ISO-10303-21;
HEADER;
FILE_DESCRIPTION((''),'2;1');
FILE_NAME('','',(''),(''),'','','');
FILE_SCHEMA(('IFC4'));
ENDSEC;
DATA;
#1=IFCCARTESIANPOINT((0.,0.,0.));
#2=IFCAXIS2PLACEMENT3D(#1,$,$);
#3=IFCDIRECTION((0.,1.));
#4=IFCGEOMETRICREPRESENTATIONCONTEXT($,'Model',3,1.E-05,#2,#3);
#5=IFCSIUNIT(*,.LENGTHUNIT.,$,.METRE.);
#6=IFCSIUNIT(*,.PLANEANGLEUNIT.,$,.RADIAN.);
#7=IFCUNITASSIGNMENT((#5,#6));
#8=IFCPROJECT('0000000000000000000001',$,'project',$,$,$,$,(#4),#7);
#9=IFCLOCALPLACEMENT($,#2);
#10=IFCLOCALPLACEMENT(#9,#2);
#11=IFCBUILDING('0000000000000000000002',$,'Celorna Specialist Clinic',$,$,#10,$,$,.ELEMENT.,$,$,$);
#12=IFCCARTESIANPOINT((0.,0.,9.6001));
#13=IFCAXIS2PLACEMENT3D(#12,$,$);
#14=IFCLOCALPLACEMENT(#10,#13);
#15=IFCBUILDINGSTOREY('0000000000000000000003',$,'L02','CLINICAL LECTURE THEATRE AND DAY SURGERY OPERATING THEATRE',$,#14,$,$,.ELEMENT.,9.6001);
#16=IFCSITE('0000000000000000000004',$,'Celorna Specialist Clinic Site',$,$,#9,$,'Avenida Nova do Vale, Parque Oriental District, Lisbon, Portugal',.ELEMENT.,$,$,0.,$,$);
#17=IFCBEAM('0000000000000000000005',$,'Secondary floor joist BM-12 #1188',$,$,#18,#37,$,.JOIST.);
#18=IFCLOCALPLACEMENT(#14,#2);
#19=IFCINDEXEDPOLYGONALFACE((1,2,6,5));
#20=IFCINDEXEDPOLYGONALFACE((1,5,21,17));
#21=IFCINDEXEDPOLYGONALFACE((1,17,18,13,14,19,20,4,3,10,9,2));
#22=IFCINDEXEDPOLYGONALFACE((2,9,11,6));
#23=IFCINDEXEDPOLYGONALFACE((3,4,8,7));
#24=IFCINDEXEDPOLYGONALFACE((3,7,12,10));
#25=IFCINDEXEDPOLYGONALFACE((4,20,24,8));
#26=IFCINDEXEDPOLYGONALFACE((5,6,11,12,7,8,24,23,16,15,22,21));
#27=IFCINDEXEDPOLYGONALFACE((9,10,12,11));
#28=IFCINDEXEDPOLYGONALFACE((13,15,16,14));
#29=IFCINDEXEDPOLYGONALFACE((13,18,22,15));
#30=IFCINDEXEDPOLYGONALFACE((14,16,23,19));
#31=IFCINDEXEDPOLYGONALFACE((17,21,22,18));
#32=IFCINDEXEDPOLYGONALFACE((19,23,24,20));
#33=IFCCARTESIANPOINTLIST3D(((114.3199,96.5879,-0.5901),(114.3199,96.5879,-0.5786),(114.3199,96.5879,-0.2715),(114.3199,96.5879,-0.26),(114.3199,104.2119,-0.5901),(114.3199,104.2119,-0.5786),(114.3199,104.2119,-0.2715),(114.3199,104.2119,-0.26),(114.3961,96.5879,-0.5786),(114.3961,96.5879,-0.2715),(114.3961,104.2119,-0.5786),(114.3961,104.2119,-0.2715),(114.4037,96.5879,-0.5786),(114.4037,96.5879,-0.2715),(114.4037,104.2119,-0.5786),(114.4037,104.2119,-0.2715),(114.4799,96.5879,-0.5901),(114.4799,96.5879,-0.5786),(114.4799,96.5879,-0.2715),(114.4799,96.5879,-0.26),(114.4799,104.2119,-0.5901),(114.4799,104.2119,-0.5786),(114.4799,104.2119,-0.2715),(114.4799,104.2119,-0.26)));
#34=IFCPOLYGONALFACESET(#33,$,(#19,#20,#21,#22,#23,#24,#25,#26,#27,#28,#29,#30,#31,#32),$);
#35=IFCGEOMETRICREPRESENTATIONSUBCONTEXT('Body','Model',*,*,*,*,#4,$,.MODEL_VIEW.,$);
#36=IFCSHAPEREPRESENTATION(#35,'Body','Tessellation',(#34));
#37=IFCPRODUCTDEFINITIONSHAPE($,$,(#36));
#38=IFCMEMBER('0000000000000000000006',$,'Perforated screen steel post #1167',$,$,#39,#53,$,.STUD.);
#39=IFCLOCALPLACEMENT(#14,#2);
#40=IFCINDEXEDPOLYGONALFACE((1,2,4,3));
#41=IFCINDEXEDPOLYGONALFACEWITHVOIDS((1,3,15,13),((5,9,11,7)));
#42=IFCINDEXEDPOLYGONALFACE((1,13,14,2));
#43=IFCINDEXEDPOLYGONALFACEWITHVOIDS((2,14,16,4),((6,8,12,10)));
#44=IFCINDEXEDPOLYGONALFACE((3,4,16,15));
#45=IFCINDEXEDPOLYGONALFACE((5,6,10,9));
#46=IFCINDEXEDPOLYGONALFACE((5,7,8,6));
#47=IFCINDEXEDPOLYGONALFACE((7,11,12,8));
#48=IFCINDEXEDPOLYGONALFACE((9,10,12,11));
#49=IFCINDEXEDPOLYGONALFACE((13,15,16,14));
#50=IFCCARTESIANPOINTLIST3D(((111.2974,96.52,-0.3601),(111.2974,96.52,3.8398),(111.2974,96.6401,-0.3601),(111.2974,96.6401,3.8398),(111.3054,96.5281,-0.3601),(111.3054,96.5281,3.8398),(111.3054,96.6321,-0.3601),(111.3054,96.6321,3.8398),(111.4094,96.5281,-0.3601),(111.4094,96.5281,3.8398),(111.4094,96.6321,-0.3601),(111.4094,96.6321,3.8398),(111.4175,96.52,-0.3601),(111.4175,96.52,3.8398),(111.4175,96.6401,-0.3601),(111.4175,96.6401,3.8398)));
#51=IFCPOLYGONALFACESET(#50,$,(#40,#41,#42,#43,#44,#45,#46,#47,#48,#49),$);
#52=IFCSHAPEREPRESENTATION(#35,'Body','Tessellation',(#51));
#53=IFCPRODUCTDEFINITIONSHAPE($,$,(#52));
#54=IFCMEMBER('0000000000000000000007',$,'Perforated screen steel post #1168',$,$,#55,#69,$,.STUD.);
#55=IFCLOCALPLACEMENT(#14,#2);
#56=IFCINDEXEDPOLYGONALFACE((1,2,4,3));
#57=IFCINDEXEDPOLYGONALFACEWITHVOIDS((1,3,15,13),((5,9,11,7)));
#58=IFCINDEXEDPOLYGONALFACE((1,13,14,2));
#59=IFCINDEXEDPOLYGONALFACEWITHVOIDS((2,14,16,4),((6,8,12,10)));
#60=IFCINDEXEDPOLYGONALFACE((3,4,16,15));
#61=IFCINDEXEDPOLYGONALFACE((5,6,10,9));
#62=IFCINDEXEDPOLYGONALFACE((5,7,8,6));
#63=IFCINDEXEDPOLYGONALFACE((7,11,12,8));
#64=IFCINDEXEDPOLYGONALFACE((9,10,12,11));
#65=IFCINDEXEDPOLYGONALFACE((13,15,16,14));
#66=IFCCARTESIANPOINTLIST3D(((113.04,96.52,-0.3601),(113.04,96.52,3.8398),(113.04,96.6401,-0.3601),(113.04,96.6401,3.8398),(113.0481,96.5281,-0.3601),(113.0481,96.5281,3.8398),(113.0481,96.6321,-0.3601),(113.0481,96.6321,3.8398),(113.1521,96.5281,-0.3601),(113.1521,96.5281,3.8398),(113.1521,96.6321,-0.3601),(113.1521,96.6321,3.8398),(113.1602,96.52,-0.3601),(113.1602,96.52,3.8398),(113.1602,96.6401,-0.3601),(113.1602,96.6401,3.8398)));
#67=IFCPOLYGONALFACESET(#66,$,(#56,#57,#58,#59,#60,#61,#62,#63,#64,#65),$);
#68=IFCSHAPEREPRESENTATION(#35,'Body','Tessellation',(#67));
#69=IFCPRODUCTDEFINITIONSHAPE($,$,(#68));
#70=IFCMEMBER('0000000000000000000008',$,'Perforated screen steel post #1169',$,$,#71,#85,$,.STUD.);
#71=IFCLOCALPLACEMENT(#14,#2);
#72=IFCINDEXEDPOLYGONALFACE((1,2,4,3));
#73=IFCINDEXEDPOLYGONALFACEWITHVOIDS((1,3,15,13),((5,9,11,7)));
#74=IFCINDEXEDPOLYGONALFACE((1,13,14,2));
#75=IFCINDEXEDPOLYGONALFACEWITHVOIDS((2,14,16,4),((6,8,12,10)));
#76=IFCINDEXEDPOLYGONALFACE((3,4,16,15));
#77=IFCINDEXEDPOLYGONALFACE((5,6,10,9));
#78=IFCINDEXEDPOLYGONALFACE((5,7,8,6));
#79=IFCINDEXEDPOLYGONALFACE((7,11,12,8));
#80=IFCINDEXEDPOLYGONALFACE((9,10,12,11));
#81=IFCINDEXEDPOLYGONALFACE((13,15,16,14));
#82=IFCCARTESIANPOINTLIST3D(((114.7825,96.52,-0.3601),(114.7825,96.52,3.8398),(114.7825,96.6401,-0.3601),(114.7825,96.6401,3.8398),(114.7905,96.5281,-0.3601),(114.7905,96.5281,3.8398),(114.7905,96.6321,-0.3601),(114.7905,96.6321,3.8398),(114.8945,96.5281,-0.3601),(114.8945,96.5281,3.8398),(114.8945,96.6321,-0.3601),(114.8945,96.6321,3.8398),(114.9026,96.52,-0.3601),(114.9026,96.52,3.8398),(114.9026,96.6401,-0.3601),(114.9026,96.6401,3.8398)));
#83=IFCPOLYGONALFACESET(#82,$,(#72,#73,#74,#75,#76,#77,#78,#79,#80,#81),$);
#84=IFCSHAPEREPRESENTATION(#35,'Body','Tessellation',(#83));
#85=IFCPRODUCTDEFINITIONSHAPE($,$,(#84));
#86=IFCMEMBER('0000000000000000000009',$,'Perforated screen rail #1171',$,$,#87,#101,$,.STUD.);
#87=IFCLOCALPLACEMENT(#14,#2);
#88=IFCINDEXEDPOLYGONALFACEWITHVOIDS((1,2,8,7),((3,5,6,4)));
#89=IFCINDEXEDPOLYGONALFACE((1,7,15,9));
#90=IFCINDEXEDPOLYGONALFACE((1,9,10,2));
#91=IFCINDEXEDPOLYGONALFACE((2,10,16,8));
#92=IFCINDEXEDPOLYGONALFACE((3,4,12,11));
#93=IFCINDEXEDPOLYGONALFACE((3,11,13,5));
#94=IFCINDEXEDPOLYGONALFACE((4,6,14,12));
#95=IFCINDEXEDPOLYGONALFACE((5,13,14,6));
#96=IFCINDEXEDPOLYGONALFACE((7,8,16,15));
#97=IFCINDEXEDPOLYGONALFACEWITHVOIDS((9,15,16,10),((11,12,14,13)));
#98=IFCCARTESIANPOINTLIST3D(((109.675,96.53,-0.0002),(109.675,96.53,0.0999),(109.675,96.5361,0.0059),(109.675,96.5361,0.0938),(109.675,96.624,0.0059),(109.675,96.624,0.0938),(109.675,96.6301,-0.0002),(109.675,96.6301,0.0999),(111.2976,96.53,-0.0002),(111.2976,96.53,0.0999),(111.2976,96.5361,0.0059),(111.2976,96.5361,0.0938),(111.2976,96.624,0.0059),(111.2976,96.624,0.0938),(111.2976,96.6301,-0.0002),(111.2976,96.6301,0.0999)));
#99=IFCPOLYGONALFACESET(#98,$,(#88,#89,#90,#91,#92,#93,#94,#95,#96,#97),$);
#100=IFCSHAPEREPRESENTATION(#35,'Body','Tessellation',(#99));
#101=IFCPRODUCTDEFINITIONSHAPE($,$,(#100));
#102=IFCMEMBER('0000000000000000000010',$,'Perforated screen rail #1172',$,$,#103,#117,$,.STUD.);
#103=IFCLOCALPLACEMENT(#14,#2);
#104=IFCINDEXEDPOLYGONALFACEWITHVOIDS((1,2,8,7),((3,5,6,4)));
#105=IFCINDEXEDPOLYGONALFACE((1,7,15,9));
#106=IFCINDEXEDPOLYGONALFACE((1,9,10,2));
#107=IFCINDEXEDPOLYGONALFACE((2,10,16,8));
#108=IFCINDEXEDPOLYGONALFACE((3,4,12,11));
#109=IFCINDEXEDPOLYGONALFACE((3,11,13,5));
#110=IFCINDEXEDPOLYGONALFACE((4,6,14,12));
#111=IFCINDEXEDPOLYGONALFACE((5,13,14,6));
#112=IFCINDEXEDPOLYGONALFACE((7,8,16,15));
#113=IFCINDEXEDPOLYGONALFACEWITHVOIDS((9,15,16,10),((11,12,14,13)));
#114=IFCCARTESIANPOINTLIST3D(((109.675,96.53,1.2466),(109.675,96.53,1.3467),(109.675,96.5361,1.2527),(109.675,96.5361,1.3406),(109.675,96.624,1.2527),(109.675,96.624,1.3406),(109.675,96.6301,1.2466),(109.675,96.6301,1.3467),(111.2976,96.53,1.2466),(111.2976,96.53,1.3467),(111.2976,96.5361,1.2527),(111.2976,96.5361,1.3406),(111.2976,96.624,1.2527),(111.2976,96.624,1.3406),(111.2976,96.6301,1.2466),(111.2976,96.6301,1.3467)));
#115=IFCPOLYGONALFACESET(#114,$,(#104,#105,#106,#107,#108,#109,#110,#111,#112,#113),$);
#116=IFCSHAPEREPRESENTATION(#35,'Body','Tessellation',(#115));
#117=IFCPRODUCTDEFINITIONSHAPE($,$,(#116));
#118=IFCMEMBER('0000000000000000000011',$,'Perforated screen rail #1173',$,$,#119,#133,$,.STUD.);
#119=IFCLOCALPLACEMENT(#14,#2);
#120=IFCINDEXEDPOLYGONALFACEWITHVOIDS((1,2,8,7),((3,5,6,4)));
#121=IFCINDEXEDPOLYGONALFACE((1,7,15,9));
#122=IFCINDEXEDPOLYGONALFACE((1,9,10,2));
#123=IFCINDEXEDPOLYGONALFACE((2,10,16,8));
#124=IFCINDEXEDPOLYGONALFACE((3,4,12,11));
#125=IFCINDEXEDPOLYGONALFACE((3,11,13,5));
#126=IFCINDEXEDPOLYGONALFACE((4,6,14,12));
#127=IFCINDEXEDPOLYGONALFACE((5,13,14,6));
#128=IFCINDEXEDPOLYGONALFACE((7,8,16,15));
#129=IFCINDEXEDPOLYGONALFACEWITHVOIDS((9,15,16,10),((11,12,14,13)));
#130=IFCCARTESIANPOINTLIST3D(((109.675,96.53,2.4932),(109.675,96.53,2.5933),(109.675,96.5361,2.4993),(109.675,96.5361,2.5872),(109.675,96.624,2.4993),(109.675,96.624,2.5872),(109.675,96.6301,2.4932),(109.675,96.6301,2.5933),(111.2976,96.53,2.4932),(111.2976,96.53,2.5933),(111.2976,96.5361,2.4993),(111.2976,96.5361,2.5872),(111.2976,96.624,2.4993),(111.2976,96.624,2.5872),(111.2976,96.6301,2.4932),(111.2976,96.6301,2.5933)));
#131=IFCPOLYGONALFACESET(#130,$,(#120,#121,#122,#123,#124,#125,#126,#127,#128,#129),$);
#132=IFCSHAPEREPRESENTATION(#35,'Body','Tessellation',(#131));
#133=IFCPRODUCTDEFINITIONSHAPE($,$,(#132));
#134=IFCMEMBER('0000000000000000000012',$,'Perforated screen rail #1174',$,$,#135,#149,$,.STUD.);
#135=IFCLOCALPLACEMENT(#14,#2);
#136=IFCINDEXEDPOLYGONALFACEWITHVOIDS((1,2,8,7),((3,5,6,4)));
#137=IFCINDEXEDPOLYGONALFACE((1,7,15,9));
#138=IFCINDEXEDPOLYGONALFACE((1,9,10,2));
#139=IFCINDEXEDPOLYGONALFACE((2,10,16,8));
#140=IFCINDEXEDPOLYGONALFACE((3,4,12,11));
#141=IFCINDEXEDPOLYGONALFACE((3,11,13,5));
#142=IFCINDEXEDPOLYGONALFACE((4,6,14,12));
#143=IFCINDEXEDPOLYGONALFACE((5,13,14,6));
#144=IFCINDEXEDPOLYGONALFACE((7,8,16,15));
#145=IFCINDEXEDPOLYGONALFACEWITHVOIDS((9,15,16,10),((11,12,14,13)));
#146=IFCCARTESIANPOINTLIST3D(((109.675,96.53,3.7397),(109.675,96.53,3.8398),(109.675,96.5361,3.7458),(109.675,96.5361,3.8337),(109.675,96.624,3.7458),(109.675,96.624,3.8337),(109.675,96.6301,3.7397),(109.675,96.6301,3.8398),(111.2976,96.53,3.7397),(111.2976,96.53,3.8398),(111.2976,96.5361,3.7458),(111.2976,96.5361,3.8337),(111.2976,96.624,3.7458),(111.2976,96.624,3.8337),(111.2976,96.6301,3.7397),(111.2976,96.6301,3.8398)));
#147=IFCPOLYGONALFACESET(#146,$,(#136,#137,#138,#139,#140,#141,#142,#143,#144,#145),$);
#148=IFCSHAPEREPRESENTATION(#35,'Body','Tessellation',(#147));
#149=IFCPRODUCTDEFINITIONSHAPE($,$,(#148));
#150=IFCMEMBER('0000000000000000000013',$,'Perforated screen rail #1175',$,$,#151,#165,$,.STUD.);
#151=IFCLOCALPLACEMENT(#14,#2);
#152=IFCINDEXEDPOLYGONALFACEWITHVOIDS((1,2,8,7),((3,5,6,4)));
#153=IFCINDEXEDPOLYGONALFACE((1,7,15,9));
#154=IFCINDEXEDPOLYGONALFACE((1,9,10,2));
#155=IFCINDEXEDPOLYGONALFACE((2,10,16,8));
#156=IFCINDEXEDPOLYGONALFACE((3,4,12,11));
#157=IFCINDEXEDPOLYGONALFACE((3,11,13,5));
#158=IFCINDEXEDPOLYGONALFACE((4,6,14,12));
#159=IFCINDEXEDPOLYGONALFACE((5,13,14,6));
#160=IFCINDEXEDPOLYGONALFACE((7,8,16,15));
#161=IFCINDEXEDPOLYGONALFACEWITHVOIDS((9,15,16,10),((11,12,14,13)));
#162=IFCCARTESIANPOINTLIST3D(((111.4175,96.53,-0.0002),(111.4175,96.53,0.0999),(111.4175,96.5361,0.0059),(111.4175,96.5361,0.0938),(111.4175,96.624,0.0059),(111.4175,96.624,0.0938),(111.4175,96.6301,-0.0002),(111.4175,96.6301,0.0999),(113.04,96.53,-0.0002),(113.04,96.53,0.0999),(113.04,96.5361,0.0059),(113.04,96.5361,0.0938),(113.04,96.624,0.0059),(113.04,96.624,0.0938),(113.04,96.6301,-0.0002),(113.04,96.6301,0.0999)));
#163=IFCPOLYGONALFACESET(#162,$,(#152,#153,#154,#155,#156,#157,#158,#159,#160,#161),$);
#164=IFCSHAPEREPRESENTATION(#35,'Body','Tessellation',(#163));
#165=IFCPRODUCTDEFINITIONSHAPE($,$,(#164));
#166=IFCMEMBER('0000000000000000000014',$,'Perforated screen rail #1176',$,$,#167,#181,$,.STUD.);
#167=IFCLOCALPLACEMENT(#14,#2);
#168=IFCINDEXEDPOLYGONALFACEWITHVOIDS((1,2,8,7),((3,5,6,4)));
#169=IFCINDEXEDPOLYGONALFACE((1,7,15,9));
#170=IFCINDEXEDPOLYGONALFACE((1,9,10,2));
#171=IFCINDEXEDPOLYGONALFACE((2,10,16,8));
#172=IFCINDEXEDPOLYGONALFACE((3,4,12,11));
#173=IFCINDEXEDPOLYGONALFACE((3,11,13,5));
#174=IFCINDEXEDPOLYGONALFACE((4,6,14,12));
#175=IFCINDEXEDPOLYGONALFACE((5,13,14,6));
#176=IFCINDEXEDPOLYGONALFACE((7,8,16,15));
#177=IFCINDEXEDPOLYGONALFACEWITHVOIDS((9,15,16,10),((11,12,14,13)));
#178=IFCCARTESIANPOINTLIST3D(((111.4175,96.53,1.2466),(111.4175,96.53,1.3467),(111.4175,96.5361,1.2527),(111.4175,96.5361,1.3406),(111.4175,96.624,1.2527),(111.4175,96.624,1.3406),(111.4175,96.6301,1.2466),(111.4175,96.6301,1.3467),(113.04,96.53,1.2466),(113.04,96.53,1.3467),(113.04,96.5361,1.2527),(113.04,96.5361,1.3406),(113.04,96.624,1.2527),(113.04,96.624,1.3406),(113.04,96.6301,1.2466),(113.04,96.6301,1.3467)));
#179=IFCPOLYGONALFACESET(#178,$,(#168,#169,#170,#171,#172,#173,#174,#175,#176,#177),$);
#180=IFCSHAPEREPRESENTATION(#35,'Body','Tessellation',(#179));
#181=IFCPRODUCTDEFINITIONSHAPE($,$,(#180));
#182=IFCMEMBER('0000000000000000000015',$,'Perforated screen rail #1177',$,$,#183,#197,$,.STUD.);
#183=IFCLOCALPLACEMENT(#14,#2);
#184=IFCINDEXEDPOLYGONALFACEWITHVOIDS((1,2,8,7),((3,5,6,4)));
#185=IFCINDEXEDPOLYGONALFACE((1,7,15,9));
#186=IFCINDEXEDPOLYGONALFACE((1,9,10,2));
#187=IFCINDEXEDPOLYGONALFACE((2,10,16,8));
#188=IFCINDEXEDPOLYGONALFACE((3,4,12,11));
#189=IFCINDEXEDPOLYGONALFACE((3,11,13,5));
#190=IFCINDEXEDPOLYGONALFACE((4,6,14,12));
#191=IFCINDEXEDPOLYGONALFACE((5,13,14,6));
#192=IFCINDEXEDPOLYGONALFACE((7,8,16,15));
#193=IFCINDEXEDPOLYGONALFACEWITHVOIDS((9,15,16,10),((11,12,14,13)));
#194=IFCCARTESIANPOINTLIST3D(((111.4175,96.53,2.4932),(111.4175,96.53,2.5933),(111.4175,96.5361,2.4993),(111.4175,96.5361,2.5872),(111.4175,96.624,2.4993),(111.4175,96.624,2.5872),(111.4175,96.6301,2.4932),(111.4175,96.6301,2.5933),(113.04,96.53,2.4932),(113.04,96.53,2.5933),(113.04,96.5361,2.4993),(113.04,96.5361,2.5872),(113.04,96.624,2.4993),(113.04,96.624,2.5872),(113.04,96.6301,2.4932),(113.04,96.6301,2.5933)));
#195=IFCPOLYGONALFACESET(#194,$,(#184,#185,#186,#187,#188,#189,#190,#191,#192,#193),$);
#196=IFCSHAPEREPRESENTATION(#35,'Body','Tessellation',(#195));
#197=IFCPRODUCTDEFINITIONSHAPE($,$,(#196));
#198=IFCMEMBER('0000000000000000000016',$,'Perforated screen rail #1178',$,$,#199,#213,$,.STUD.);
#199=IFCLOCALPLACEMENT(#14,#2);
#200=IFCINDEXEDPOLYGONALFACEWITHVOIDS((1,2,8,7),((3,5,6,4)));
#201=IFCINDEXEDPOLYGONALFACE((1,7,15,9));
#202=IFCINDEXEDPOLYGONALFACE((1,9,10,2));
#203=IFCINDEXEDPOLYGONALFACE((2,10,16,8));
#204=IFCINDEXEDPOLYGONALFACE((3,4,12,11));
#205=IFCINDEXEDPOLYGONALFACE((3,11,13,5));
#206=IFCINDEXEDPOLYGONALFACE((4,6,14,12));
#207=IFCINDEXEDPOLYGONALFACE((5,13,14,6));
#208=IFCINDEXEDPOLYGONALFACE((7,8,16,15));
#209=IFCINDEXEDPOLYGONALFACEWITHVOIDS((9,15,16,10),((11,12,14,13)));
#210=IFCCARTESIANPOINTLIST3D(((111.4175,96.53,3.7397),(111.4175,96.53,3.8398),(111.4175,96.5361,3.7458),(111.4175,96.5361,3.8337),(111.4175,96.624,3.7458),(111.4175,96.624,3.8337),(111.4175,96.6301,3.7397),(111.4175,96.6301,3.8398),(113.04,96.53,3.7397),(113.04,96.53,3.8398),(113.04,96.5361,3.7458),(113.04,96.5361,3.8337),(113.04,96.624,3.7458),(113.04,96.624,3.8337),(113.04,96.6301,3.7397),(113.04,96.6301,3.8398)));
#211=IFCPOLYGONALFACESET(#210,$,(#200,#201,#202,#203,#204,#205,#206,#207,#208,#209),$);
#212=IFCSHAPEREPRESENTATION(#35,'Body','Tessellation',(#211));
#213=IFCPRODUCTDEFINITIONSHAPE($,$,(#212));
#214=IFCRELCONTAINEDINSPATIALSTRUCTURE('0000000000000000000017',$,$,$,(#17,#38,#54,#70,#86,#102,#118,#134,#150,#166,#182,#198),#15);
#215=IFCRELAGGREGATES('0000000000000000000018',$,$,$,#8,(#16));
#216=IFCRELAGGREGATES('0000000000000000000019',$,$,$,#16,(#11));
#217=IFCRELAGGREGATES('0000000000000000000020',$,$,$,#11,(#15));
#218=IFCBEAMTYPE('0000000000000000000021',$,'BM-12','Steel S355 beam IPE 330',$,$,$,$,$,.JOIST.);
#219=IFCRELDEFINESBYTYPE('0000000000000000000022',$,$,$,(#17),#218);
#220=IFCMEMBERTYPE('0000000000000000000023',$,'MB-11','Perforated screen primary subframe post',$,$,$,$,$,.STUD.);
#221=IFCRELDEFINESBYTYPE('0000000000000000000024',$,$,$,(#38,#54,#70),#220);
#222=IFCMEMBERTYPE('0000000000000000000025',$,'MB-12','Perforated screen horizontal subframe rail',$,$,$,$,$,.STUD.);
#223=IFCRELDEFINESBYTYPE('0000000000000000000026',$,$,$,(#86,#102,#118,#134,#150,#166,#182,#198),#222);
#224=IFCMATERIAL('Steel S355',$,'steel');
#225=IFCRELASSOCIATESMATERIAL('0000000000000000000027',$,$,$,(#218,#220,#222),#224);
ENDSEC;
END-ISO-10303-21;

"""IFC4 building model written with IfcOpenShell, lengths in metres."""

from ifc_helpers import new_model, si_unit, direction, frame, origin, origin_2d, place, context, subcontext, project, spatial, hollow_rectangle, i_section, extrude, material, material_profile, profile_set, type_object, element, save


model = new_model("IFC4")

# Units and contexts
model_context = context("Model", 3, precision=1e-05, world=origin(), true_north=direction((0.0, 1.0)))
body_context = subcontext(model_context, "Body", "Model", "MODEL_VIEW")
ifc_project = project(units=[si_unit("LENGTHUNIT", "METRE"), si_unit("PLANEANGLEUNIT", "RADIAN")], contexts=[model_context])

# Site, building, storey
site_placement = place(None, origin())
site = spatial("IfcSite", under=ifc_project, at=site_placement, Name="Celorna Specialist Clinic Site", LongName="Avenida Nova do Vale, Parque Oriental District, Lisbon, Portugal", CompositionType="ELEMENT", RefElevation=0.0)
building_placement = place(site_placement, origin())
building = spatial("IfcBuilding", under=site, at=building_placement, Name="Celorna Specialist Clinic", CompositionType="ELEMENT")
storey_placement = place(building_placement, frame((0.0, 0.0, 9.6001)))
storey = spatial("IfcBuildingStorey", under=building, at=storey_placement, Name="L02", Description="CLINICAL LECTURE THEATRE AND DAY SURGERY OPERATING THEATRE", CompositionType="ELEMENT", Elevation=9.6001)

# Beam
ifc_material_1 = material(Name="Steel S355", Category="steel")
ifc_material_profile_1 = material_profile(ifc_material_1, i_section(OverallWidth=0.1599, OverallDepth=0.3301, WebThickness=0.0076, FlangeThickness=0.0115, at=origin_2d()), Name="IPE 330")
ifc_profile_set_1 = profile_set([ifc_material_profile_1], Name="Steel S355")
beam_type = type_object("IfcBeamType", Name="BM-12", Description="Steel S355 beam IPE 330", PredefinedType="JOIST", material=ifc_profile_set_1)
beam_placement = place(storey_placement, frame((114.3999, 96.5879, -0.425), z_axis=(0.0, 1.0, 0.0), x_axis=(-1.0, 0.0, 0.0)))
element("IfcBeam", 1, at=beam_placement, inside=storey, type_object=beam_type, Name="Secondary floor joist BM-12 #1188", PredefinedType="JOIST", context=body_context, shape_type="SweptSolid", body=[
    extrude(i_section(OverallWidth=0.1599, OverallDepth=0.3301, WebThickness=0.0076, FlangeThickness=0.0115, at=origin_2d()), origin(), (0.0, 0.0, 1.0), 7.624),
])

# Members
ifc_material_profile_2 = material_profile(ifc_material_1, hollow_rectangle(XDim=0.1201, YDim=0.1201, WallThickness=0.0081, at=origin_2d()), Name="SHS 120x120x8")
ifc_profile_set_2 = profile_set([ifc_material_profile_2], Name="Steel S355")
member_type_1 = type_object("IfcMemberType", Name="MB-11", Description="Perforated screen primary subframe post", PredefinedType="STUD", material=ifc_profile_set_2)
for number, where, z_axis, x_axis, name in (
    (2, (111.3574, 96.5801, -0.3601), (0.0, 0.0, 1.0), (1.0, 0.0, 0.0), "Perforated screen steel post #1167"),
    (3, (113.1001, 96.5801, -0.3601), (0.0, 0.0, 1.0), (1.0, 0.0, 0.0), "Perforated screen steel post #1168"),
    (4, (114.8425, 96.5801, -0.3601), (0.0, 0.0, 1.0), (1.0, 0.0, 0.0), "Perforated screen steel post #1169"),
):
    element("IfcMember", number, at=place(storey_placement, frame(where, z_axis=z_axis, x_axis=x_axis)), inside=storey, type_object=member_type_1, Name=name, PredefinedType="STUD", context=body_context, shape_type="SweptSolid", body=[
        extrude(hollow_rectangle(XDim=0.1201, YDim=0.1201, WallThickness=0.0081, at=origin_2d()), origin(), (0.0, 0.0, 1.0), 4.2),
    ])
ifc_material_profile_3 = material_profile(ifc_material_1, hollow_rectangle(XDim=0.1001, YDim=0.1001, WallThickness=0.0061, at=origin_2d()), Name="SHS 100x100x6")
ifc_profile_set_3 = profile_set([ifc_material_profile_3], Name="Steel S355")
member_type_2 = type_object("IfcMemberType", Name="MB-12", Description="Perforated screen horizontal subframe rail", PredefinedType="STUD", material=ifc_profile_set_3)
for number, where, z_axis, x_axis, name in (
    (5, (109.675, 96.5801, 0.0498), (1.0, 0.0, 0.0), (0.0, 1.0, 0.0), "Perforated screen rail #1171"),
    (6, (109.675, 96.5801, 1.2966), (1.0, 0.0, 0.0), (0.0, 1.0, 0.0), "Perforated screen rail #1172"),
    (7, (109.675, 96.5801, 2.5432), (1.0, 0.0, 0.0), (0.0, 1.0, 0.0), "Perforated screen rail #1173"),
    (8, (109.675, 96.5801, 3.7898), (1.0, 0.0, 0.0), (0.0, 1.0, 0.0), "Perforated screen rail #1174"),
    (9, (111.4175, 96.5801, 0.0498), (1.0, 0.0, 0.0), (0.0, 1.0, 0.0), "Perforated screen rail #1175"),
    (10, (111.4175, 96.5801, 1.2966), (1.0, 0.0, 0.0), (0.0, 1.0, 0.0), "Perforated screen rail #1176"),
    (11, (111.4175, 96.5801, 2.5432), (1.0, 0.0, 0.0), (0.0, 1.0, 0.0), "Perforated screen rail #1177"),
    (12, (111.4175, 96.5801, 3.7898), (1.0, 0.0, 0.0), (0.0, 1.0, 0.0), "Perforated screen rail #1178"),
):
    element("IfcMember", number, at=place(storey_placement, frame(where, z_axis=z_axis, x_axis=x_axis)), inside=storey, type_object=member_type_2, Name=name, PredefinedType="STUD", context=body_context, shape_type="SweptSolid", body=[
        extrude(hollow_rectangle(XDim=0.1001, YDim=0.1001, WallThickness=0.0061, at=origin_2d()), origin(), (0.0, 0.0, 1.0), 1.6226),
    ])

save(model, "model.ifc")
